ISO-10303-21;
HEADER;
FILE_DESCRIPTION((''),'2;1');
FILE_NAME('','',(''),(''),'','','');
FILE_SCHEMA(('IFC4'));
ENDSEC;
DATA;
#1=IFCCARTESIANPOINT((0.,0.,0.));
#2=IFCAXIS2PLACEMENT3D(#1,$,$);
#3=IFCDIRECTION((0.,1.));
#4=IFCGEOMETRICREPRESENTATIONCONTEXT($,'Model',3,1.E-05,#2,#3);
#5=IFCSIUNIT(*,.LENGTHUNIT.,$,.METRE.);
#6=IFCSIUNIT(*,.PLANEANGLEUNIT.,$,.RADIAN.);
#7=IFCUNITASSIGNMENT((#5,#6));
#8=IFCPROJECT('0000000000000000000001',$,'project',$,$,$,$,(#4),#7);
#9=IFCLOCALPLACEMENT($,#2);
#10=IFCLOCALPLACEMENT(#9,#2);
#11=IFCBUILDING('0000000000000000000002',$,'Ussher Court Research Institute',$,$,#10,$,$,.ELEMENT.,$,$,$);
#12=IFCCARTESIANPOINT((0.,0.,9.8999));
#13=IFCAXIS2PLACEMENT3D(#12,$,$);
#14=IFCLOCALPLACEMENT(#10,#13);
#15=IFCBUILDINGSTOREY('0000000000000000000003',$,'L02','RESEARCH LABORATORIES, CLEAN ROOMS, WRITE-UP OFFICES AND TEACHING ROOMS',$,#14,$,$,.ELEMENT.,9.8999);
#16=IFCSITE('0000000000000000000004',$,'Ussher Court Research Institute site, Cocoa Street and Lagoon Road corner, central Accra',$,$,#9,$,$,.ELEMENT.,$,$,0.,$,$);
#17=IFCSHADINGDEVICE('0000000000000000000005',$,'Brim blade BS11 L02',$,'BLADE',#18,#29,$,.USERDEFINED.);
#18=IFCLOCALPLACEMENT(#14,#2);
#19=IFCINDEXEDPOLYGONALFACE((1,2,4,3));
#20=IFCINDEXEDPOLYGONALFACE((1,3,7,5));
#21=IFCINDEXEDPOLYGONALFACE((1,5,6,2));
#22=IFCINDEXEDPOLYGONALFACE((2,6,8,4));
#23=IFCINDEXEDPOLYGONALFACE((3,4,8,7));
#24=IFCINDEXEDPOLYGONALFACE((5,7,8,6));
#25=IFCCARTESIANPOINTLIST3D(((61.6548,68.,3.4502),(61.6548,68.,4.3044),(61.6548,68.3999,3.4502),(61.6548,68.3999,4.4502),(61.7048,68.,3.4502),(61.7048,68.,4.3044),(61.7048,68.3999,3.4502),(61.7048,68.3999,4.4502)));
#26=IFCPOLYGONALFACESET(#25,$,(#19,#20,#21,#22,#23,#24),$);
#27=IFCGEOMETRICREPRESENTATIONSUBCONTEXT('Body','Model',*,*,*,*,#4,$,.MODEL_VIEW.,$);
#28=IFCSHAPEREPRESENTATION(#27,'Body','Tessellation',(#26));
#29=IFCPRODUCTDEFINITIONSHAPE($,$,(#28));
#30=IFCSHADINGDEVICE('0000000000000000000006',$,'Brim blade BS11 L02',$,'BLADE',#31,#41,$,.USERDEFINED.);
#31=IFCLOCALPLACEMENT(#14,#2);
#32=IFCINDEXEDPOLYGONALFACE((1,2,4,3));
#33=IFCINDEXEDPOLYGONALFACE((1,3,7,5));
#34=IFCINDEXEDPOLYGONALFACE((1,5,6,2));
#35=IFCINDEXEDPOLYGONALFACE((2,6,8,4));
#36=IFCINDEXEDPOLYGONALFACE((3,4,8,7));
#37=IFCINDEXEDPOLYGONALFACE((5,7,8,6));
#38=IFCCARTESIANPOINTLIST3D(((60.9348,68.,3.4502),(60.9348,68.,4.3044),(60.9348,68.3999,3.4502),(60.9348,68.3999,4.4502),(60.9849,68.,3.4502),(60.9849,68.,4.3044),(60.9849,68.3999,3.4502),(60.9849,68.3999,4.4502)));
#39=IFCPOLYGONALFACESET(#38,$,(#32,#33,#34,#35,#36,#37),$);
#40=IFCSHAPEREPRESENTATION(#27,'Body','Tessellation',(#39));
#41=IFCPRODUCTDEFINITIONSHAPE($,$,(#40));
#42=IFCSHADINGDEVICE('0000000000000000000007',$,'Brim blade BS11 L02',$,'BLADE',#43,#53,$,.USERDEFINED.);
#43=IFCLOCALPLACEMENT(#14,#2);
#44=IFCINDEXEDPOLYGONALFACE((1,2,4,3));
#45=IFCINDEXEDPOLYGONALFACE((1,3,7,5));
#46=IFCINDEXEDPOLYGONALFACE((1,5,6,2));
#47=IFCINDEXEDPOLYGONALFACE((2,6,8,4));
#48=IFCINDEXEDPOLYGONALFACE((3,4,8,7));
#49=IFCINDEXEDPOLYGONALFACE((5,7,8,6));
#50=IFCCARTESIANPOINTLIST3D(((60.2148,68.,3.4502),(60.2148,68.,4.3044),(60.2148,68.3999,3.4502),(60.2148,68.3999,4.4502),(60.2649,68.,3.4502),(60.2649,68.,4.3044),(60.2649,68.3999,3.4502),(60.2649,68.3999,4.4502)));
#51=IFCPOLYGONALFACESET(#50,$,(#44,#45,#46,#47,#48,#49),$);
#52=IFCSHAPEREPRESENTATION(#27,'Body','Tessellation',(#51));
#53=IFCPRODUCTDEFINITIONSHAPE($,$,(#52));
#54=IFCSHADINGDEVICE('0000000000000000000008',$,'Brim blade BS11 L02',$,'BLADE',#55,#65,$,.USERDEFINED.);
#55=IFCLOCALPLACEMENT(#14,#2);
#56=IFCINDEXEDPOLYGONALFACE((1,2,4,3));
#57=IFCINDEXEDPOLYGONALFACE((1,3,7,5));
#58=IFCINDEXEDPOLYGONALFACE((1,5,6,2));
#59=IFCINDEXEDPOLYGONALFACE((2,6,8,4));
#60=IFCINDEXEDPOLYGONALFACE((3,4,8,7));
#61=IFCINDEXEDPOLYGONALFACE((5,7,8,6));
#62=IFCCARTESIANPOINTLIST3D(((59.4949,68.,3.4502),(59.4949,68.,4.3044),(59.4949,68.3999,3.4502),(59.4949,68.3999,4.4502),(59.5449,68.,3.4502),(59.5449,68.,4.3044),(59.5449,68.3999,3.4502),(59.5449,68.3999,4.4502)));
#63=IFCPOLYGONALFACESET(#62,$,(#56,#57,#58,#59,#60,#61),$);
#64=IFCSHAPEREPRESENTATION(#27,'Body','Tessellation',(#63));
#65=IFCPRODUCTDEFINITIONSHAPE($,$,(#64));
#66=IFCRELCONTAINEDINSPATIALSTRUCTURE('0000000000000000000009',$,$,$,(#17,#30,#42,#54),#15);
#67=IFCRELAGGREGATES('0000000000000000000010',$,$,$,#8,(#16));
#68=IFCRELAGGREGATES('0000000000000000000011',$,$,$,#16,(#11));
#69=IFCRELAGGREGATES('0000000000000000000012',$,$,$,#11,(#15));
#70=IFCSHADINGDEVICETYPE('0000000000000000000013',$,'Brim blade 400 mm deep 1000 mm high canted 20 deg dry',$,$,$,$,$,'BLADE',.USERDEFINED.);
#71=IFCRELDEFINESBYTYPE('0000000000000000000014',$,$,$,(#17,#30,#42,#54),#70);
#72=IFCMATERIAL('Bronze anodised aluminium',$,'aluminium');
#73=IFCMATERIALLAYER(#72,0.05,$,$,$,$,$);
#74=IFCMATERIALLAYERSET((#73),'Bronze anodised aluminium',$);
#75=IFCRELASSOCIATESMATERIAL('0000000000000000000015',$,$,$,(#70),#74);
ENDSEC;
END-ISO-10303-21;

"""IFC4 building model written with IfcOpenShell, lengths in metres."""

from ifc_helpers import new_model, si_unit, direction, frame, origin, place, context, subcontext, project, spatial, polyline, outline, extrude, material, layer, layer_set, type_object, element, save


model = new_model("IFC4")

# Units and contexts
model_context = context("Model", 3, precision=1e-05, world=origin(), true_north=direction((0.0, 1.0)))
body_context = subcontext(model_context, "Body", "Model", "MODEL_VIEW")
ifc_project = project(units=[si_unit("LENGTHUNIT", "METRE"), si_unit("PLANEANGLEUNIT", "RADIAN")], contexts=[model_context])

# Site, building, storey
site_placement = place(None, origin())
site = spatial("IfcSite", under=ifc_project, at=site_placement, Name="Ussher Court Research Institute site, Cocoa Street and Lagoon Road corner, central Accra", CompositionType="ELEMENT", RefElevation=0.0)
building_placement = place(site_placement, origin())
building = spatial("IfcBuilding", under=site, at=building_placement, Name="Ussher Court Research Institute", CompositionType="ELEMENT")
storey_placement = place(building_placement, frame((0.0, 0.0, 9.8999)))
storey = spatial("IfcBuildingStorey", under=building, at=storey_placement, Name="L02", Description="RESEARCH LABORATORIES, CLEAN ROOMS, WRITE-UP OFFICES AND TEACHING ROOMS", CompositionType="ELEMENT", Elevation=9.8999)

# Shading devices
ifc_material_1 = material(Name="Bronze anodised aluminium", Category="aluminium")
ifc_layer_1 = layer(ifc_material_1, 0.05)
ifc_layer_set_1 = layer_set([ifc_layer_1], Name="Bronze anodised aluminium")
shading_device_type_1 = type_object("IfcShadingDeviceType", Name="Brim blade 400 mm deep 1000 mm high canted 20 deg dry", ElementType="BLADE", PredefinedType="USERDEFINED", material=ifc_layer_set_1)
for number, where, z_axis, x_axis, name in (
    (1, (61.6799, 68.3999, 3.4502), (0.0, 0.0, 1.0), (0.0, -1.0, 0.0), "Brim blade BS11 L02"),
    (2, (60.96, 68.3999, 3.4502), (0.0, 0.0, 1.0), (0.0, -1.0, 0.0), "Brim blade BS11 L02"),
    (3, (60.24, 68.3999, 3.4502), (0.0, 0.0, 1.0), (0.0, -1.0, 0.0), "Brim blade BS11 L02"),
    (4, (59.52, 68.3999, 3.4502), (0.0, 0.0, 1.0), (0.0, -1.0, 0.0), "Brim blade BS11 L02"),
):
    element("IfcShadingDevice", number, at=place(storey_placement, frame(where, z_axis=z_axis, x_axis=x_axis)), inside=storey, type_object=shading_device_type_1, Name=name, ObjectType="BLADE", PredefinedType="USERDEFINED", context=body_context, shape_type="SweptSolid", body=[
        extrude(outline(polyline([(0.0, 0.0), (0.3999, 0.0), (0.3999, 0.8542), (0.0, 1.0), (0.0, 0.0)])), frame((0.0, 0.0249, 0.0), z_axis=(0.0, -1.0, 0.0), x_axis=(1.0, 0.0, 0.0)), (0.0, 0.0, 1.0), 0.05),
    ])

save(model, "model.ifc")
